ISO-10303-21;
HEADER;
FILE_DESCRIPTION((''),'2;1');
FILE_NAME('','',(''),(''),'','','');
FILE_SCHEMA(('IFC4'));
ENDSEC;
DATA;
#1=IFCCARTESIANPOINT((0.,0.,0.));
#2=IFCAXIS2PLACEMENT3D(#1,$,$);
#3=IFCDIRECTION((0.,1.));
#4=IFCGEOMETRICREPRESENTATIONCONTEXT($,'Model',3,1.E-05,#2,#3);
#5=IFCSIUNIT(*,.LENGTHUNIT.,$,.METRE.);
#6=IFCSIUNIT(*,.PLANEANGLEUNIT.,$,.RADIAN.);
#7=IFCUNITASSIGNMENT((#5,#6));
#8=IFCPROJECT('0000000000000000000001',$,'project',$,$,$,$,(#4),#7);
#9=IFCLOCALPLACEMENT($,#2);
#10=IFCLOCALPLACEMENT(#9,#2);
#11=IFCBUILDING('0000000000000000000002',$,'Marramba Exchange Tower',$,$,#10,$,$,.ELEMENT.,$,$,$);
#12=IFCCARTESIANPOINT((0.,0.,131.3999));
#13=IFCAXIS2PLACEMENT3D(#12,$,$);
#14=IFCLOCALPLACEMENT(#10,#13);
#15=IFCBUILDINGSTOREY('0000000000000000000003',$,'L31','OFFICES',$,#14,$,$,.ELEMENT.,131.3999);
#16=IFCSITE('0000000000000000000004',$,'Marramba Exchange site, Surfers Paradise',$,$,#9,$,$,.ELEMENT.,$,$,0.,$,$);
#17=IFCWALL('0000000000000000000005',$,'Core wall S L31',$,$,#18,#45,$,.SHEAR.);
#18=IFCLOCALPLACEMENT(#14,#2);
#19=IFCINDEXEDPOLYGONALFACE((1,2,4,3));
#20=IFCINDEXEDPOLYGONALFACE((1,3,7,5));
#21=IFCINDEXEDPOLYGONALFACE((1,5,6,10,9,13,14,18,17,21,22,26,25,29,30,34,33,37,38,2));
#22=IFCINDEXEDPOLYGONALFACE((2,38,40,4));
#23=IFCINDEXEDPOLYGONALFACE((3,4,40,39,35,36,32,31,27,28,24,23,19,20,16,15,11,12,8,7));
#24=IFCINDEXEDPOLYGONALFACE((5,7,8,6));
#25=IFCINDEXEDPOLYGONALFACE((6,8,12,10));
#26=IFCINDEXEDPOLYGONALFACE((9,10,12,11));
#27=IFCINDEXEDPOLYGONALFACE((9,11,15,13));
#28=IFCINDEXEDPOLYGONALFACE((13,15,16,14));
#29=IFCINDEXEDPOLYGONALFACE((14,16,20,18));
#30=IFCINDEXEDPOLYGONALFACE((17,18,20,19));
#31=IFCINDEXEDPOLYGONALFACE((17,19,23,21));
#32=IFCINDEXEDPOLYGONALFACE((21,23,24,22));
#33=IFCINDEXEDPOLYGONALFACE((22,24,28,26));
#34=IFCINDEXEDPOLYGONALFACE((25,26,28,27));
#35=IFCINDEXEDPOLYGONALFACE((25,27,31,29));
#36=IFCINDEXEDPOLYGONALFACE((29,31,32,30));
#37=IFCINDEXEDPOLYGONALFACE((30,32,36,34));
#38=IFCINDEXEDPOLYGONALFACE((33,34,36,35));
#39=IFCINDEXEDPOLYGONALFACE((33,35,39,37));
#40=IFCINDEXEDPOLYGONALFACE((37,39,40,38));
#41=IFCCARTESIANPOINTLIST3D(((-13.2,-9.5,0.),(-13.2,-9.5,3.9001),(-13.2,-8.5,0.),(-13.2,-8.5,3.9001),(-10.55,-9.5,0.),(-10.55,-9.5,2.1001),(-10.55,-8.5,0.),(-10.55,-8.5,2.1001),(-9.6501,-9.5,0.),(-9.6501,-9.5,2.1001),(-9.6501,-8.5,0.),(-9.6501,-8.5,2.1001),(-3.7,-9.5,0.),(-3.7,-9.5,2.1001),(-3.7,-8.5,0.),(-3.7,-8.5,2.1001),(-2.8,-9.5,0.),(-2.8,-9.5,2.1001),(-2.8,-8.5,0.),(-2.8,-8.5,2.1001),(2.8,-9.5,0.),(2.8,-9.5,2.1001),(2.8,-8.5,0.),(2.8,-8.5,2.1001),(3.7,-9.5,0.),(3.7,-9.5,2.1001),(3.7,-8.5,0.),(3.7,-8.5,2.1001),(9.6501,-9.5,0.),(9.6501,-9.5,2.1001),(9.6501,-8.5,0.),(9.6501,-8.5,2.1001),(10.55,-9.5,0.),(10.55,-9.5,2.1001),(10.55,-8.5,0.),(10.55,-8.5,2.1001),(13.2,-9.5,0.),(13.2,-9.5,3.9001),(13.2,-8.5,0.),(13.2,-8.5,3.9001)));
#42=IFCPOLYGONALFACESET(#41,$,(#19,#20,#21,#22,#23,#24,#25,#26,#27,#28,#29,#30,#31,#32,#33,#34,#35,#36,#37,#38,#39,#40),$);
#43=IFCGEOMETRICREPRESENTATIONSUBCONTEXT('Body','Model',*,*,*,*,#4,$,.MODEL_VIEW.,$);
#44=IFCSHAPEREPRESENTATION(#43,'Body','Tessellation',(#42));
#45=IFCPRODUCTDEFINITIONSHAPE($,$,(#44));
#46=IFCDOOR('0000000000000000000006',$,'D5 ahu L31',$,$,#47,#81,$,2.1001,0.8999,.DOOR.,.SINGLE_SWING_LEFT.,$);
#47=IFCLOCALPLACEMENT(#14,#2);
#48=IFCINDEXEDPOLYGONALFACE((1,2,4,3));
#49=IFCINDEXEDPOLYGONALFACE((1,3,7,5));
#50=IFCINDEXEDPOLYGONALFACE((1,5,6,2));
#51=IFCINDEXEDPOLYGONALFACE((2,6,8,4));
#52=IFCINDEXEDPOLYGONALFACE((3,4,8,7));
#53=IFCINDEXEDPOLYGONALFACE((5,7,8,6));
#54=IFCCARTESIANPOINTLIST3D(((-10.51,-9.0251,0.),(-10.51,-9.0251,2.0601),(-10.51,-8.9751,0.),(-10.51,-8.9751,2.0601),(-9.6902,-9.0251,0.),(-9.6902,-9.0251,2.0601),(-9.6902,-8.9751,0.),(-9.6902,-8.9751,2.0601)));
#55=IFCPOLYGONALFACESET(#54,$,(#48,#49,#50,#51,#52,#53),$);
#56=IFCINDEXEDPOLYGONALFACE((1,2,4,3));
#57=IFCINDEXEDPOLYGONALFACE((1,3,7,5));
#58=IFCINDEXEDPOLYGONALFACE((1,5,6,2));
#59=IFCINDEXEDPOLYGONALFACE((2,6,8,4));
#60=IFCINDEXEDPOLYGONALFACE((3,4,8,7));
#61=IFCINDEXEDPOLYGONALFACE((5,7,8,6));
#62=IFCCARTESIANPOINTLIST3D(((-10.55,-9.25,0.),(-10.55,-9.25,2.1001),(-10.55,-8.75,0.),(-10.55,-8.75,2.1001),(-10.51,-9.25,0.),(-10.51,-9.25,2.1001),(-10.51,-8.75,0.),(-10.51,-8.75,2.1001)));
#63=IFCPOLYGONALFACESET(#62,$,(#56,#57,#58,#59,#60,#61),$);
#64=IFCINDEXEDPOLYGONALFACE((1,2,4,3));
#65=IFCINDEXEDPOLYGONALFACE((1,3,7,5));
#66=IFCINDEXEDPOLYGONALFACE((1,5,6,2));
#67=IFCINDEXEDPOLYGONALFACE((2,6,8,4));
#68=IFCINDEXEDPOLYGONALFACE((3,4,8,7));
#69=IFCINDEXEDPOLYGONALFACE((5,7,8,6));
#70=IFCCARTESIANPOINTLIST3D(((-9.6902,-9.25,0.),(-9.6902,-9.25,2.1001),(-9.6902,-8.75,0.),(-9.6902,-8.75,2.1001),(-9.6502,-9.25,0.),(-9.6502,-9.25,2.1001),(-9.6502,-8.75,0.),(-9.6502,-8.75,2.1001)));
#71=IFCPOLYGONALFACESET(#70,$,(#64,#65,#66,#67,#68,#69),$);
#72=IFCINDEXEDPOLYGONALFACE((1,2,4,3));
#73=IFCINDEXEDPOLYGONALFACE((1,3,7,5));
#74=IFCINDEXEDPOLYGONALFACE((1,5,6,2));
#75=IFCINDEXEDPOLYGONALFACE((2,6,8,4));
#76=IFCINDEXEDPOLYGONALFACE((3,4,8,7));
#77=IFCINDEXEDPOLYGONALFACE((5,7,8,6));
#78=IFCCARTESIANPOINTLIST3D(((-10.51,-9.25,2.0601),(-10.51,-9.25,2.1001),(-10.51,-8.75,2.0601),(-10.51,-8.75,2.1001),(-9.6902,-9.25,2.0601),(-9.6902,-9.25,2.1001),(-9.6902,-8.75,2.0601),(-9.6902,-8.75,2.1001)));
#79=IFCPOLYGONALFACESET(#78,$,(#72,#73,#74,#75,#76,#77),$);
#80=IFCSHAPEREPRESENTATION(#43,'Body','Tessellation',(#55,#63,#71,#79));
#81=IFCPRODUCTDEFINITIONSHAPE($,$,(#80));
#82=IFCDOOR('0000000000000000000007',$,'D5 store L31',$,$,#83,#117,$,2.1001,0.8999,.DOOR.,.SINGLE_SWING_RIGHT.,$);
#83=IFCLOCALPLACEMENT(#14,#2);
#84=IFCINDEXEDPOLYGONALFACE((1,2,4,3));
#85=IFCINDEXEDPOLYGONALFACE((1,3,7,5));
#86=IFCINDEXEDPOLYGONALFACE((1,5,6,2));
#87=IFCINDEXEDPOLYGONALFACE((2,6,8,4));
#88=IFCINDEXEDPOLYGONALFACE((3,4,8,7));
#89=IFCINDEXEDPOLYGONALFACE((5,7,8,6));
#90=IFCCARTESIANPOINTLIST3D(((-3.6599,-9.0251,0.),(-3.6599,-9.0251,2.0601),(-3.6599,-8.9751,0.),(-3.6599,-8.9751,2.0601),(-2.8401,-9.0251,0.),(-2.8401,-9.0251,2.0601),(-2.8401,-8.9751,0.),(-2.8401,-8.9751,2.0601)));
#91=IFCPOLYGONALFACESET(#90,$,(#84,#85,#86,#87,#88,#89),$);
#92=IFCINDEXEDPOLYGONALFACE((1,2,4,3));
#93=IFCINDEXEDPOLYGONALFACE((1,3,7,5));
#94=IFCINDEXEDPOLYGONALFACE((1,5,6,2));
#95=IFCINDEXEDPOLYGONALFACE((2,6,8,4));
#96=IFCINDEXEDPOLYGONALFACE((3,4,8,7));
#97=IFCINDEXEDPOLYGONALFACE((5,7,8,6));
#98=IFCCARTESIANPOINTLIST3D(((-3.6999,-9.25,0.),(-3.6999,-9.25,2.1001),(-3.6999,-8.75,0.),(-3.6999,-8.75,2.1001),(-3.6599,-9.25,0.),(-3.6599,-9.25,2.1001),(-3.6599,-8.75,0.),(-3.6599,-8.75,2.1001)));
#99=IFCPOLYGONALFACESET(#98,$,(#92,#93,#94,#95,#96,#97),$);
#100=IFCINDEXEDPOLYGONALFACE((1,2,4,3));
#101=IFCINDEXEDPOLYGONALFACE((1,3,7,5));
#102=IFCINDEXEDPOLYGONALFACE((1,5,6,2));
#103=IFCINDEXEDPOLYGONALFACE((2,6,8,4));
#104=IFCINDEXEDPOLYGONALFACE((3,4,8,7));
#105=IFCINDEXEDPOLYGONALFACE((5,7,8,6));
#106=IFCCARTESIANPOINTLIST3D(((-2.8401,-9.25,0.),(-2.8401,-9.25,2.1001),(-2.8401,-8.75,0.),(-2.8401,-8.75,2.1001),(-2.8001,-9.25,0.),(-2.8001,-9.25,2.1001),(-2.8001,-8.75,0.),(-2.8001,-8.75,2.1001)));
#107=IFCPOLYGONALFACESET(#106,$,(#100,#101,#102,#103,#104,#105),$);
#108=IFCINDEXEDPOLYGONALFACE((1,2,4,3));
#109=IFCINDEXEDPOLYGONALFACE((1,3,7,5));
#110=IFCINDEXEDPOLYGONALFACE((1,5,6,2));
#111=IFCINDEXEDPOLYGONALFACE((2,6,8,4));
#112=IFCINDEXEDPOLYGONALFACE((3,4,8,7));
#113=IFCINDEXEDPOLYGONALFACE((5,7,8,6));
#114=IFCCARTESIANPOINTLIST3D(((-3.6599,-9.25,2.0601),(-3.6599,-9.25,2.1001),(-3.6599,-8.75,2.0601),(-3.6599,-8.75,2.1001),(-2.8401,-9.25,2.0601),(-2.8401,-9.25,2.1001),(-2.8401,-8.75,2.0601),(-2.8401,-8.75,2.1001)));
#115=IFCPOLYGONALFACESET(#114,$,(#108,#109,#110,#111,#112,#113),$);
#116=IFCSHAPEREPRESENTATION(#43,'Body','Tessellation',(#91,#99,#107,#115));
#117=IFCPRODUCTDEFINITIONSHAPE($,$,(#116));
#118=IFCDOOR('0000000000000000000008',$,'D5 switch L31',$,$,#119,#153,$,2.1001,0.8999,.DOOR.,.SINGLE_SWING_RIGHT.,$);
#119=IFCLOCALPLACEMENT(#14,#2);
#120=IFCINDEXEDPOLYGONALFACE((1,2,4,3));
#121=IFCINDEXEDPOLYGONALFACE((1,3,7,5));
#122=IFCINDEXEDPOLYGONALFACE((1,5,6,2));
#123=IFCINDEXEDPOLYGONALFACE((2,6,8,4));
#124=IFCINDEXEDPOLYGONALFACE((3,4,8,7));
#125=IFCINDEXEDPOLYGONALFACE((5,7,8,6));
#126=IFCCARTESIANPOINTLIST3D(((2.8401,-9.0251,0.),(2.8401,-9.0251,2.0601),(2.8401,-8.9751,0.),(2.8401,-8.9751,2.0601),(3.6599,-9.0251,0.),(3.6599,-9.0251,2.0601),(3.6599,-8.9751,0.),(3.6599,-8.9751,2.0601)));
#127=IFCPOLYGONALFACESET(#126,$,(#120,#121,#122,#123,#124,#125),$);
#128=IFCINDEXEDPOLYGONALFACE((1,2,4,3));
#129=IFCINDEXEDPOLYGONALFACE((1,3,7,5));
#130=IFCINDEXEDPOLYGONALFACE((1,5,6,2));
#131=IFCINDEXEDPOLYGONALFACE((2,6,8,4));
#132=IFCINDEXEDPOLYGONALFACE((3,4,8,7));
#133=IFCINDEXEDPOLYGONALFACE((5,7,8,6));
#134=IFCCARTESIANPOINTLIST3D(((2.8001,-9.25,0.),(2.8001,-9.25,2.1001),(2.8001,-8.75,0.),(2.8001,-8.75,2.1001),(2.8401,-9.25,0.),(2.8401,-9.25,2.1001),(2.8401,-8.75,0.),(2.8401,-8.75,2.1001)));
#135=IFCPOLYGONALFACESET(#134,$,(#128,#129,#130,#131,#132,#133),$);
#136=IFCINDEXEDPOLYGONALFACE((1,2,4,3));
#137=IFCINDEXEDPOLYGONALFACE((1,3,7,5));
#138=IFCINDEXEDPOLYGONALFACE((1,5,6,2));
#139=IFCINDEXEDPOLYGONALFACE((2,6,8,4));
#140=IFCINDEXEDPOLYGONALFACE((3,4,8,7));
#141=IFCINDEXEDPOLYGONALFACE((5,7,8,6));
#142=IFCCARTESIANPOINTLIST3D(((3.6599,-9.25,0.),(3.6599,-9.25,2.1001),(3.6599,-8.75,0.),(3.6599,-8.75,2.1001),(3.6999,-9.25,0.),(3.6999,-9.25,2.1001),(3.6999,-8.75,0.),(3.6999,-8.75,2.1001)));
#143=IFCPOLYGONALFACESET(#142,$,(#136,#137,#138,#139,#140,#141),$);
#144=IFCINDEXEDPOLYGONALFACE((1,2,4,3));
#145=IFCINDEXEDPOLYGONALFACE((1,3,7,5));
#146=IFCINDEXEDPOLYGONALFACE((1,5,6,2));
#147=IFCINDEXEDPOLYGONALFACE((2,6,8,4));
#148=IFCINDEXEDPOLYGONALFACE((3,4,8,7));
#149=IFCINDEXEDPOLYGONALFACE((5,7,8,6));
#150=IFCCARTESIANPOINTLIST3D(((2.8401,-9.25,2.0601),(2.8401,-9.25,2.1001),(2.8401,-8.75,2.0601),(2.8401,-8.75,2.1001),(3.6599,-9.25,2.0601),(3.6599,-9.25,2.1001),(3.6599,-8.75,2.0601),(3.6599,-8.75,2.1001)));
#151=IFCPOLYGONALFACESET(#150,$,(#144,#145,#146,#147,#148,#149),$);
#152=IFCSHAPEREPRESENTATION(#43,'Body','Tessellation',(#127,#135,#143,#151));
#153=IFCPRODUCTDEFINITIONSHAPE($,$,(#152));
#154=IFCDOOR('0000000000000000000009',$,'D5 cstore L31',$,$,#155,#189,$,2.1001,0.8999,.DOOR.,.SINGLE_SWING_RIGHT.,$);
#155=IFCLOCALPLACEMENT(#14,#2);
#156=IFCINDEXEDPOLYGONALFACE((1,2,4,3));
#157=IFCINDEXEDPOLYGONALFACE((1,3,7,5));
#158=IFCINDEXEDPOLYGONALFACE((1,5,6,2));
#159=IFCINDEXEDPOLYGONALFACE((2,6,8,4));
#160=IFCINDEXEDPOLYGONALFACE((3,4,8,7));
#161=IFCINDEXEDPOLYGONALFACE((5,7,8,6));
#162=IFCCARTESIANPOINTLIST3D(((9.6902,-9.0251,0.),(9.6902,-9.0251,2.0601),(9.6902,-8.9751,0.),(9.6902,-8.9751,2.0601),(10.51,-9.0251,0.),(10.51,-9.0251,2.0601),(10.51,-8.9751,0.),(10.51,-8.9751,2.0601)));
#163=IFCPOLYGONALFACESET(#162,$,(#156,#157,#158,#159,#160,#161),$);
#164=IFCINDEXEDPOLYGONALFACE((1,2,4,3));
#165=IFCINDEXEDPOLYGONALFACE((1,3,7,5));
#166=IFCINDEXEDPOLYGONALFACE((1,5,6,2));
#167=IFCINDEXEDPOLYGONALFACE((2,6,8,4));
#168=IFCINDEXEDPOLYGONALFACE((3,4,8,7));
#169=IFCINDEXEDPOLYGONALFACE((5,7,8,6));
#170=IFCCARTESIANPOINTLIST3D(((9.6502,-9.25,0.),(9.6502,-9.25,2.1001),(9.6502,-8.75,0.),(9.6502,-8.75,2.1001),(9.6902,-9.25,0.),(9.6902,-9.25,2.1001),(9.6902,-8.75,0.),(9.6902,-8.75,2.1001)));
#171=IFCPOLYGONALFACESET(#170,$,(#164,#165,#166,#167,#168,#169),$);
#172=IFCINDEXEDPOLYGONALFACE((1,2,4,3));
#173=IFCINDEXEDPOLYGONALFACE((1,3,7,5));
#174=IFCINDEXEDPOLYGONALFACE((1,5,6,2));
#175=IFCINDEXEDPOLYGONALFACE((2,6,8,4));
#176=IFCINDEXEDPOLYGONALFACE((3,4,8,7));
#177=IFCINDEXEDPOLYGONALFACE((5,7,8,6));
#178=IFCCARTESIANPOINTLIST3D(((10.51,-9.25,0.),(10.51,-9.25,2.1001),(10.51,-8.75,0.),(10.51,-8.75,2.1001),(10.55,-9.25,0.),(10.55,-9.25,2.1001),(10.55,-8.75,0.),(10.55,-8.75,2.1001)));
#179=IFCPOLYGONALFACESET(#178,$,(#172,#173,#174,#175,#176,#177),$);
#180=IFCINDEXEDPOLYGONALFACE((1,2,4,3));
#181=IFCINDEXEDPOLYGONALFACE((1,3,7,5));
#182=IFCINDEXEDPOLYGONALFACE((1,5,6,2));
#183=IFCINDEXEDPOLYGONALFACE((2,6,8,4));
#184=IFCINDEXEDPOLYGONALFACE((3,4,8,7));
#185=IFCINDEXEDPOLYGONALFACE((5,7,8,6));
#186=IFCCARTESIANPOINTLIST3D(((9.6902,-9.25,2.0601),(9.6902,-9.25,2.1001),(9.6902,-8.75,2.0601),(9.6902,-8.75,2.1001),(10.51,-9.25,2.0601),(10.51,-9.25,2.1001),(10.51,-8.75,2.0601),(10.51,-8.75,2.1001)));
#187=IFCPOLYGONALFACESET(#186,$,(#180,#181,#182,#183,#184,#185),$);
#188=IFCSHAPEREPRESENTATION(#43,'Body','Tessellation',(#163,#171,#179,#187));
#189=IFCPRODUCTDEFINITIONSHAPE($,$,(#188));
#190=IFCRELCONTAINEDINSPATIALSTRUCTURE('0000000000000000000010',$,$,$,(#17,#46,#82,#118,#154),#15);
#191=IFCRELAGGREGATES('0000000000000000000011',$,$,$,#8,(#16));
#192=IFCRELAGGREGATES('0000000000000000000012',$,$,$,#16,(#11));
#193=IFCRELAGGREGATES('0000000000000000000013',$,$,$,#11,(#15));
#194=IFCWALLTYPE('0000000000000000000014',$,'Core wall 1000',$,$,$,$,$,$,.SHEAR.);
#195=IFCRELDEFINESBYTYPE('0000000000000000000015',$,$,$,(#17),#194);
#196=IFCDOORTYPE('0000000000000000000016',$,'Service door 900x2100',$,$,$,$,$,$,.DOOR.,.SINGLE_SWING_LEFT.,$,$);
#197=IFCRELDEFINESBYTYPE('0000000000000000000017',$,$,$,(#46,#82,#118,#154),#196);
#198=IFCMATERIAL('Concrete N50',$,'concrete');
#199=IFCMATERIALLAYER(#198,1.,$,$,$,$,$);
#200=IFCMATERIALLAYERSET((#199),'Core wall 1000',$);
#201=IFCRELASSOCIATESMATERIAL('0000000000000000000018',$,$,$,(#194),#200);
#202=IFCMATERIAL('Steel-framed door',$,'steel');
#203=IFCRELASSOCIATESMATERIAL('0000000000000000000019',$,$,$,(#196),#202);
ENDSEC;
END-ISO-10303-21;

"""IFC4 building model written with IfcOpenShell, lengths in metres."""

from ifc_helpers import new_model, si_unit, direction, frame, frame_2d, origin, place, context, subcontext, project, spatial, rectangle, extrude, material, layer, layer_set, type_object, element, fill, save


model = new_model("IFC4")

# Units and contexts
model_context = context("Model", 3, precision=1e-05, world=origin(), true_north=direction((0.0, 1.0)))
body_context = subcontext(model_context, "Body", "Model", "MODEL_VIEW")
ifc_project = project(units=[si_unit("LENGTHUNIT", "METRE"), si_unit("PLANEANGLEUNIT", "RADIAN")], contexts=[model_context])

# Site, building, storey
site_placement = place(None, origin())
site = spatial("IfcSite", under=ifc_project, at=site_placement, Name="Marramba Exchange site, Surfers Paradise", CompositionType="ELEMENT", RefElevation=0.0)
building_placement = place(site_placement, origin())
building = spatial("IfcBuilding", under=site, at=building_placement, Name="Marramba Exchange Tower", CompositionType="ELEMENT")
storey_placement = place(building_placement, frame((0.0, 0.0, 131.3999)))
storey = spatial("IfcBuildingStorey", under=building, at=storey_placement, Name="L31", Description="OFFICES", CompositionType="ELEMENT", Elevation=131.3999)

# Shared definitions
ifc_material_1 = material(Name="Concrete N50", Category="concrete")

# Wall, openings, doors
ifc_layer_1 = layer(ifc_material_1, 1.0)
ifc_layer_set_1 = layer_set([ifc_layer_1], Name="Core wall 1000")
wall_type_1 = type_object("IfcWallType", Name="Core wall 1000", PredefinedType="SHEAR", material=ifc_layer_set_1)
wall_1_placement = place(storey_placement, frame((-13.2, -9.0, 0.0), z_axis=(0.0, 0.0, 1.0), x_axis=(1.0, 0.0, 0.0)))
wall_1 = element("IfcWall", 1, at=wall_1_placement, inside=storey, type_object=wall_type_1, Name="Core wall S L31", PredefinedType="SHEAR", context=body_context, shape_type="SweptSolid", body=[
    extrude(rectangle(XDim=26.3999, YDim=1.0, at=frame_2d((13.2, 0.0))), origin(), (0.0, 0.0, 1.0), 3.9001),
])
opening_1_placement = place(wall_1_placement, frame((2.6499, 0.0, 0.0)))
opening_1 = element("IfcOpeningElement", 2, at=opening_1_placement, cuts=wall_1, PredefinedType="OPENING", context=body_context, shape_type="SweptSolid", body=[
    extrude(rectangle(XDim=0.8999, YDim=2.1001, at=frame_2d((0.45, 1.05))), frame((0.0, 0.51, 0.0), z_axis=(0.0, -1.0, 0.0), x_axis=(1.0, 0.0, 0.0)), (0.0, 0.0, 1.0), 1.02),
])
opening_2_placement = place(wall_1_placement, frame((9.5, 0.0, 0.0)))
opening_2 = element("IfcOpeningElement", 3, at=opening_2_placement, cuts=wall_1, PredefinedType="OPENING", context=body_context, shape_type="SweptSolid", body=[
    extrude(rectangle(XDim=0.8999, YDim=2.1001, at=frame_2d((0.45, 1.05))), frame((0.0, 0.51, 0.0), z_axis=(0.0, -1.0, 0.0), x_axis=(1.0, 0.0, 0.0)), (0.0, 0.0, 1.0), 1.02),
])
opening_3_placement = place(wall_1_placement, frame((16.0, 0.0, 0.0)))
opening_3 = element("IfcOpeningElement", 4, at=opening_3_placement, cuts=wall_1, PredefinedType="OPENING", context=body_context, shape_type="SweptSolid", body=[
    extrude(rectangle(XDim=0.8999, YDim=2.1001, at=frame_2d((0.45, 1.05))), frame((0.0, 0.51, 0.0), z_axis=(0.0, -1.0, 0.0), x_axis=(1.0, 0.0, 0.0)), (0.0, 0.0, 1.0), 1.02),
])
opening_4_placement = place(wall_1_placement, frame((22.8501, 0.0, 0.0)))
opening_4 = element("IfcOpeningElement", 5, at=opening_4_placement, cuts=wall_1, PredefinedType="OPENING", context=body_context, shape_type="SweptSolid", body=[
    extrude(rectangle(XDim=0.8999, YDim=2.1001, at=frame_2d((0.45, 1.05))), frame((0.0, 0.51, 0.0), z_axis=(0.0, -1.0, 0.0), x_axis=(1.0, 0.0, 0.0)), (0.0, 0.0, 1.0), 1.02),
])
ifc_material_2 = material(Name="Steel-framed door", Category="steel")
door_type_1 = type_object("IfcDoorType", Name="Service door 900x2100", OperationType="SINGLE_SWING_LEFT", PredefinedType="DOOR", material=ifc_material_2)
door_1_placement = place(opening_1_placement, origin())
door_1 = element("IfcDoor", 6, at=door_1_placement, inside=storey, type_object=door_type_1, Name="D5 ahu L31", OperationType="SINGLE_SWING_LEFT", OverallHeight=2.1001, OverallWidth=0.8999, PredefinedType="DOOR", context=body_context, shape_type="SweptSolid", body=[
    extrude(rectangle(XDim=0.8198, YDim=2.0601, at=frame_2d((0.45, 1.03))), frame((0.0, 0.0249, 0.0), z_axis=(0.0, -1.0, 0.0), x_axis=(1.0, 0.0, 0.0)), (0.0, 0.0, 1.0), 0.05),
    extrude(rectangle(XDim=0.04, YDim=2.1001, at=frame_2d((0.02, 1.05))), frame((0.0, 0.25, 0.0), z_axis=(0.0, -1.0, 0.0), x_axis=(1.0, 0.0, 0.0)), (0.0, 0.0, 1.0), 0.5),
    extrude(rectangle(XDim=0.04, YDim=2.1001, at=frame_2d((0.8799, 1.05))), frame((0.0, 0.25, 0.0), z_axis=(0.0, -1.0, 0.0), x_axis=(1.0, 0.0, 0.0)), (0.0, 0.0, 1.0), 0.5),
    extrude(rectangle(XDim=0.8198, YDim=0.04, at=frame_2d((0.45, 2.0801))), frame((0.0, 0.25, 0.0), z_axis=(0.0, -1.0, 0.0), x_axis=(1.0, 0.0, 0.0)), (0.0, 0.0, 1.0), 0.5),
])
fill(opening_1, door_1)
door_2_placement = place(opening_2_placement, origin())
door_2 = element("IfcDoor", 7, at=door_2_placement, inside=storey, type_object=door_type_1, Name="D5 store L31", OperationType="SINGLE_SWING_RIGHT", OverallHeight=2.1001, OverallWidth=0.8999, PredefinedType="DOOR", context=body_context, shape_type="SweptSolid", body=[
    extrude(rectangle(XDim=0.8198, YDim=2.0601, at=frame_2d((0.45, 1.03))), frame((0.0, 0.0249, 0.0), z_axis=(0.0, -1.0, 0.0), x_axis=(1.0, 0.0, 0.0)), (0.0, 0.0, 1.0), 0.05),
    extrude(rectangle(XDim=0.04, YDim=2.1001, at=frame_2d((0.02, 1.05))), frame((0.0, 0.25, 0.0), z_axis=(0.0, -1.0, 0.0), x_axis=(1.0, 0.0, 0.0)), (0.0, 0.0, 1.0), 0.5),
    extrude(rectangle(XDim=0.04, YDim=2.1001, at=frame_2d((0.8799, 1.05))), frame((0.0, 0.25, 0.0), z_axis=(0.0, -1.0, 0.0), x_axis=(1.0, 0.0, 0.0)), (0.0, 0.0, 1.0), 0.5),
    extrude(rectangle(XDim=0.8198, YDim=0.04, at=frame_2d((0.45, 2.0801))), frame((0.0, 0.25, 0.0), z_axis=(0.0, -1.0, 0.0), x_axis=(1.0, 0.0, 0.0)), (0.0, 0.0, 1.0), 0.5),
])
fill(opening_2, door_2)
door_3_placement = place(opening_3_placement, origin())
door_3 = element("IfcDoor", 8, at=door_3_placement, inside=storey, type_object=door_type_1, Name="D5 switch L31", OperationType="SINGLE_SWING_RIGHT", OverallHeight=2.1001, OverallWidth=0.8999, PredefinedType="DOOR", context=body_context, shape_type="SweptSolid", body=[
    extrude(rectangle(XDim=0.8198, YDim=2.0601, at=frame_2d((0.45, 1.03))), frame((0.0, 0.0249, 0.0), z_axis=(0.0, -1.0, 0.0), x_axis=(1.0, 0.0, 0.0)), (0.0, 0.0, 1.0), 0.05),
    extrude(rectangle(XDim=0.04, YDim=2.1001, at=frame_2d((0.02, 1.05))), frame((0.0, 0.25, 0.0), z_axis=(0.0, -1.0, 0.0), x_axis=(1.0, 0.0, 0.0)), (0.0, 0.0, 1.0), 0.5),
    extrude(rectangle(XDim=0.04, YDim=2.1001, at=frame_2d((0.8799, 1.05))), frame((0.0, 0.25, 0.0), z_axis=(0.0, -1.0, 0.0), x_axis=(1.0, 0.0, 0.0)), (0.0, 0.0, 1.0), 0.5),
    extrude(rectangle(XDim=0.8198, YDim=0.04, at=frame_2d((0.45, 2.0801))), frame((0.0, 0.25, 0.0), z_axis=(0.0, -1.0, 0.0), x_axis=(1.0, 0.0, 0.0)), (0.0, 0.0, 1.0), 0.5),
])
fill(opening_3, door_3)
door_4_placement = place(opening_4_placement, origin())
door_4 = element("IfcDoor", 9, at=door_4_placement, inside=storey, type_object=door_type_1, Name="D5 cstore L31", OperationType="SINGLE_SWING_RIGHT", OverallHeight=2.1001, OverallWidth=0.8999, PredefinedType="DOOR", context=body_context, shape_type="SweptSolid", body=[
    extrude(rectangle(XDim=0.8198, YDim=2.0601, at=frame_2d((0.45, 1.03))), frame((0.0, 0.0249, 0.0), z_axis=(0.0, -1.0, 0.0), x_axis=(1.0, 0.0, 0.0)), (0.0, 0.0, 1.0), 0.05),
    extrude(rectangle(XDim=0.04, YDim=2.1001, at=frame_2d((0.02, 1.05))), frame((0.0, 0.25, 0.0), z_axis=(0.0, -1.0, 0.0), x_axis=(1.0, 0.0, 0.0)), (0.0, 0.0, 1.0), 0.5),
    extrude(rectangle(XDim=0.04, YDim=2.1001, at=frame_2d((0.8799, 1.05))), frame((0.0, 0.25, 0.0), z_axis=(0.0, -1.0, 0.0), x_axis=(1.0, 0.0, 0.0)), (0.0, 0.0, 1.0), 0.5),
    extrude(rectangle(XDim=0.8198, YDim=0.04, at=frame_2d((0.45, 2.0801))), frame((0.0, 0.25, 0.0), z_axis=(0.0, -1.0, 0.0), x_axis=(1.0, 0.0, 0.0)), (0.0, 0.0, 1.0), 0.5),
])
fill(opening_4, door_4)

save(model, "model.ifc")
